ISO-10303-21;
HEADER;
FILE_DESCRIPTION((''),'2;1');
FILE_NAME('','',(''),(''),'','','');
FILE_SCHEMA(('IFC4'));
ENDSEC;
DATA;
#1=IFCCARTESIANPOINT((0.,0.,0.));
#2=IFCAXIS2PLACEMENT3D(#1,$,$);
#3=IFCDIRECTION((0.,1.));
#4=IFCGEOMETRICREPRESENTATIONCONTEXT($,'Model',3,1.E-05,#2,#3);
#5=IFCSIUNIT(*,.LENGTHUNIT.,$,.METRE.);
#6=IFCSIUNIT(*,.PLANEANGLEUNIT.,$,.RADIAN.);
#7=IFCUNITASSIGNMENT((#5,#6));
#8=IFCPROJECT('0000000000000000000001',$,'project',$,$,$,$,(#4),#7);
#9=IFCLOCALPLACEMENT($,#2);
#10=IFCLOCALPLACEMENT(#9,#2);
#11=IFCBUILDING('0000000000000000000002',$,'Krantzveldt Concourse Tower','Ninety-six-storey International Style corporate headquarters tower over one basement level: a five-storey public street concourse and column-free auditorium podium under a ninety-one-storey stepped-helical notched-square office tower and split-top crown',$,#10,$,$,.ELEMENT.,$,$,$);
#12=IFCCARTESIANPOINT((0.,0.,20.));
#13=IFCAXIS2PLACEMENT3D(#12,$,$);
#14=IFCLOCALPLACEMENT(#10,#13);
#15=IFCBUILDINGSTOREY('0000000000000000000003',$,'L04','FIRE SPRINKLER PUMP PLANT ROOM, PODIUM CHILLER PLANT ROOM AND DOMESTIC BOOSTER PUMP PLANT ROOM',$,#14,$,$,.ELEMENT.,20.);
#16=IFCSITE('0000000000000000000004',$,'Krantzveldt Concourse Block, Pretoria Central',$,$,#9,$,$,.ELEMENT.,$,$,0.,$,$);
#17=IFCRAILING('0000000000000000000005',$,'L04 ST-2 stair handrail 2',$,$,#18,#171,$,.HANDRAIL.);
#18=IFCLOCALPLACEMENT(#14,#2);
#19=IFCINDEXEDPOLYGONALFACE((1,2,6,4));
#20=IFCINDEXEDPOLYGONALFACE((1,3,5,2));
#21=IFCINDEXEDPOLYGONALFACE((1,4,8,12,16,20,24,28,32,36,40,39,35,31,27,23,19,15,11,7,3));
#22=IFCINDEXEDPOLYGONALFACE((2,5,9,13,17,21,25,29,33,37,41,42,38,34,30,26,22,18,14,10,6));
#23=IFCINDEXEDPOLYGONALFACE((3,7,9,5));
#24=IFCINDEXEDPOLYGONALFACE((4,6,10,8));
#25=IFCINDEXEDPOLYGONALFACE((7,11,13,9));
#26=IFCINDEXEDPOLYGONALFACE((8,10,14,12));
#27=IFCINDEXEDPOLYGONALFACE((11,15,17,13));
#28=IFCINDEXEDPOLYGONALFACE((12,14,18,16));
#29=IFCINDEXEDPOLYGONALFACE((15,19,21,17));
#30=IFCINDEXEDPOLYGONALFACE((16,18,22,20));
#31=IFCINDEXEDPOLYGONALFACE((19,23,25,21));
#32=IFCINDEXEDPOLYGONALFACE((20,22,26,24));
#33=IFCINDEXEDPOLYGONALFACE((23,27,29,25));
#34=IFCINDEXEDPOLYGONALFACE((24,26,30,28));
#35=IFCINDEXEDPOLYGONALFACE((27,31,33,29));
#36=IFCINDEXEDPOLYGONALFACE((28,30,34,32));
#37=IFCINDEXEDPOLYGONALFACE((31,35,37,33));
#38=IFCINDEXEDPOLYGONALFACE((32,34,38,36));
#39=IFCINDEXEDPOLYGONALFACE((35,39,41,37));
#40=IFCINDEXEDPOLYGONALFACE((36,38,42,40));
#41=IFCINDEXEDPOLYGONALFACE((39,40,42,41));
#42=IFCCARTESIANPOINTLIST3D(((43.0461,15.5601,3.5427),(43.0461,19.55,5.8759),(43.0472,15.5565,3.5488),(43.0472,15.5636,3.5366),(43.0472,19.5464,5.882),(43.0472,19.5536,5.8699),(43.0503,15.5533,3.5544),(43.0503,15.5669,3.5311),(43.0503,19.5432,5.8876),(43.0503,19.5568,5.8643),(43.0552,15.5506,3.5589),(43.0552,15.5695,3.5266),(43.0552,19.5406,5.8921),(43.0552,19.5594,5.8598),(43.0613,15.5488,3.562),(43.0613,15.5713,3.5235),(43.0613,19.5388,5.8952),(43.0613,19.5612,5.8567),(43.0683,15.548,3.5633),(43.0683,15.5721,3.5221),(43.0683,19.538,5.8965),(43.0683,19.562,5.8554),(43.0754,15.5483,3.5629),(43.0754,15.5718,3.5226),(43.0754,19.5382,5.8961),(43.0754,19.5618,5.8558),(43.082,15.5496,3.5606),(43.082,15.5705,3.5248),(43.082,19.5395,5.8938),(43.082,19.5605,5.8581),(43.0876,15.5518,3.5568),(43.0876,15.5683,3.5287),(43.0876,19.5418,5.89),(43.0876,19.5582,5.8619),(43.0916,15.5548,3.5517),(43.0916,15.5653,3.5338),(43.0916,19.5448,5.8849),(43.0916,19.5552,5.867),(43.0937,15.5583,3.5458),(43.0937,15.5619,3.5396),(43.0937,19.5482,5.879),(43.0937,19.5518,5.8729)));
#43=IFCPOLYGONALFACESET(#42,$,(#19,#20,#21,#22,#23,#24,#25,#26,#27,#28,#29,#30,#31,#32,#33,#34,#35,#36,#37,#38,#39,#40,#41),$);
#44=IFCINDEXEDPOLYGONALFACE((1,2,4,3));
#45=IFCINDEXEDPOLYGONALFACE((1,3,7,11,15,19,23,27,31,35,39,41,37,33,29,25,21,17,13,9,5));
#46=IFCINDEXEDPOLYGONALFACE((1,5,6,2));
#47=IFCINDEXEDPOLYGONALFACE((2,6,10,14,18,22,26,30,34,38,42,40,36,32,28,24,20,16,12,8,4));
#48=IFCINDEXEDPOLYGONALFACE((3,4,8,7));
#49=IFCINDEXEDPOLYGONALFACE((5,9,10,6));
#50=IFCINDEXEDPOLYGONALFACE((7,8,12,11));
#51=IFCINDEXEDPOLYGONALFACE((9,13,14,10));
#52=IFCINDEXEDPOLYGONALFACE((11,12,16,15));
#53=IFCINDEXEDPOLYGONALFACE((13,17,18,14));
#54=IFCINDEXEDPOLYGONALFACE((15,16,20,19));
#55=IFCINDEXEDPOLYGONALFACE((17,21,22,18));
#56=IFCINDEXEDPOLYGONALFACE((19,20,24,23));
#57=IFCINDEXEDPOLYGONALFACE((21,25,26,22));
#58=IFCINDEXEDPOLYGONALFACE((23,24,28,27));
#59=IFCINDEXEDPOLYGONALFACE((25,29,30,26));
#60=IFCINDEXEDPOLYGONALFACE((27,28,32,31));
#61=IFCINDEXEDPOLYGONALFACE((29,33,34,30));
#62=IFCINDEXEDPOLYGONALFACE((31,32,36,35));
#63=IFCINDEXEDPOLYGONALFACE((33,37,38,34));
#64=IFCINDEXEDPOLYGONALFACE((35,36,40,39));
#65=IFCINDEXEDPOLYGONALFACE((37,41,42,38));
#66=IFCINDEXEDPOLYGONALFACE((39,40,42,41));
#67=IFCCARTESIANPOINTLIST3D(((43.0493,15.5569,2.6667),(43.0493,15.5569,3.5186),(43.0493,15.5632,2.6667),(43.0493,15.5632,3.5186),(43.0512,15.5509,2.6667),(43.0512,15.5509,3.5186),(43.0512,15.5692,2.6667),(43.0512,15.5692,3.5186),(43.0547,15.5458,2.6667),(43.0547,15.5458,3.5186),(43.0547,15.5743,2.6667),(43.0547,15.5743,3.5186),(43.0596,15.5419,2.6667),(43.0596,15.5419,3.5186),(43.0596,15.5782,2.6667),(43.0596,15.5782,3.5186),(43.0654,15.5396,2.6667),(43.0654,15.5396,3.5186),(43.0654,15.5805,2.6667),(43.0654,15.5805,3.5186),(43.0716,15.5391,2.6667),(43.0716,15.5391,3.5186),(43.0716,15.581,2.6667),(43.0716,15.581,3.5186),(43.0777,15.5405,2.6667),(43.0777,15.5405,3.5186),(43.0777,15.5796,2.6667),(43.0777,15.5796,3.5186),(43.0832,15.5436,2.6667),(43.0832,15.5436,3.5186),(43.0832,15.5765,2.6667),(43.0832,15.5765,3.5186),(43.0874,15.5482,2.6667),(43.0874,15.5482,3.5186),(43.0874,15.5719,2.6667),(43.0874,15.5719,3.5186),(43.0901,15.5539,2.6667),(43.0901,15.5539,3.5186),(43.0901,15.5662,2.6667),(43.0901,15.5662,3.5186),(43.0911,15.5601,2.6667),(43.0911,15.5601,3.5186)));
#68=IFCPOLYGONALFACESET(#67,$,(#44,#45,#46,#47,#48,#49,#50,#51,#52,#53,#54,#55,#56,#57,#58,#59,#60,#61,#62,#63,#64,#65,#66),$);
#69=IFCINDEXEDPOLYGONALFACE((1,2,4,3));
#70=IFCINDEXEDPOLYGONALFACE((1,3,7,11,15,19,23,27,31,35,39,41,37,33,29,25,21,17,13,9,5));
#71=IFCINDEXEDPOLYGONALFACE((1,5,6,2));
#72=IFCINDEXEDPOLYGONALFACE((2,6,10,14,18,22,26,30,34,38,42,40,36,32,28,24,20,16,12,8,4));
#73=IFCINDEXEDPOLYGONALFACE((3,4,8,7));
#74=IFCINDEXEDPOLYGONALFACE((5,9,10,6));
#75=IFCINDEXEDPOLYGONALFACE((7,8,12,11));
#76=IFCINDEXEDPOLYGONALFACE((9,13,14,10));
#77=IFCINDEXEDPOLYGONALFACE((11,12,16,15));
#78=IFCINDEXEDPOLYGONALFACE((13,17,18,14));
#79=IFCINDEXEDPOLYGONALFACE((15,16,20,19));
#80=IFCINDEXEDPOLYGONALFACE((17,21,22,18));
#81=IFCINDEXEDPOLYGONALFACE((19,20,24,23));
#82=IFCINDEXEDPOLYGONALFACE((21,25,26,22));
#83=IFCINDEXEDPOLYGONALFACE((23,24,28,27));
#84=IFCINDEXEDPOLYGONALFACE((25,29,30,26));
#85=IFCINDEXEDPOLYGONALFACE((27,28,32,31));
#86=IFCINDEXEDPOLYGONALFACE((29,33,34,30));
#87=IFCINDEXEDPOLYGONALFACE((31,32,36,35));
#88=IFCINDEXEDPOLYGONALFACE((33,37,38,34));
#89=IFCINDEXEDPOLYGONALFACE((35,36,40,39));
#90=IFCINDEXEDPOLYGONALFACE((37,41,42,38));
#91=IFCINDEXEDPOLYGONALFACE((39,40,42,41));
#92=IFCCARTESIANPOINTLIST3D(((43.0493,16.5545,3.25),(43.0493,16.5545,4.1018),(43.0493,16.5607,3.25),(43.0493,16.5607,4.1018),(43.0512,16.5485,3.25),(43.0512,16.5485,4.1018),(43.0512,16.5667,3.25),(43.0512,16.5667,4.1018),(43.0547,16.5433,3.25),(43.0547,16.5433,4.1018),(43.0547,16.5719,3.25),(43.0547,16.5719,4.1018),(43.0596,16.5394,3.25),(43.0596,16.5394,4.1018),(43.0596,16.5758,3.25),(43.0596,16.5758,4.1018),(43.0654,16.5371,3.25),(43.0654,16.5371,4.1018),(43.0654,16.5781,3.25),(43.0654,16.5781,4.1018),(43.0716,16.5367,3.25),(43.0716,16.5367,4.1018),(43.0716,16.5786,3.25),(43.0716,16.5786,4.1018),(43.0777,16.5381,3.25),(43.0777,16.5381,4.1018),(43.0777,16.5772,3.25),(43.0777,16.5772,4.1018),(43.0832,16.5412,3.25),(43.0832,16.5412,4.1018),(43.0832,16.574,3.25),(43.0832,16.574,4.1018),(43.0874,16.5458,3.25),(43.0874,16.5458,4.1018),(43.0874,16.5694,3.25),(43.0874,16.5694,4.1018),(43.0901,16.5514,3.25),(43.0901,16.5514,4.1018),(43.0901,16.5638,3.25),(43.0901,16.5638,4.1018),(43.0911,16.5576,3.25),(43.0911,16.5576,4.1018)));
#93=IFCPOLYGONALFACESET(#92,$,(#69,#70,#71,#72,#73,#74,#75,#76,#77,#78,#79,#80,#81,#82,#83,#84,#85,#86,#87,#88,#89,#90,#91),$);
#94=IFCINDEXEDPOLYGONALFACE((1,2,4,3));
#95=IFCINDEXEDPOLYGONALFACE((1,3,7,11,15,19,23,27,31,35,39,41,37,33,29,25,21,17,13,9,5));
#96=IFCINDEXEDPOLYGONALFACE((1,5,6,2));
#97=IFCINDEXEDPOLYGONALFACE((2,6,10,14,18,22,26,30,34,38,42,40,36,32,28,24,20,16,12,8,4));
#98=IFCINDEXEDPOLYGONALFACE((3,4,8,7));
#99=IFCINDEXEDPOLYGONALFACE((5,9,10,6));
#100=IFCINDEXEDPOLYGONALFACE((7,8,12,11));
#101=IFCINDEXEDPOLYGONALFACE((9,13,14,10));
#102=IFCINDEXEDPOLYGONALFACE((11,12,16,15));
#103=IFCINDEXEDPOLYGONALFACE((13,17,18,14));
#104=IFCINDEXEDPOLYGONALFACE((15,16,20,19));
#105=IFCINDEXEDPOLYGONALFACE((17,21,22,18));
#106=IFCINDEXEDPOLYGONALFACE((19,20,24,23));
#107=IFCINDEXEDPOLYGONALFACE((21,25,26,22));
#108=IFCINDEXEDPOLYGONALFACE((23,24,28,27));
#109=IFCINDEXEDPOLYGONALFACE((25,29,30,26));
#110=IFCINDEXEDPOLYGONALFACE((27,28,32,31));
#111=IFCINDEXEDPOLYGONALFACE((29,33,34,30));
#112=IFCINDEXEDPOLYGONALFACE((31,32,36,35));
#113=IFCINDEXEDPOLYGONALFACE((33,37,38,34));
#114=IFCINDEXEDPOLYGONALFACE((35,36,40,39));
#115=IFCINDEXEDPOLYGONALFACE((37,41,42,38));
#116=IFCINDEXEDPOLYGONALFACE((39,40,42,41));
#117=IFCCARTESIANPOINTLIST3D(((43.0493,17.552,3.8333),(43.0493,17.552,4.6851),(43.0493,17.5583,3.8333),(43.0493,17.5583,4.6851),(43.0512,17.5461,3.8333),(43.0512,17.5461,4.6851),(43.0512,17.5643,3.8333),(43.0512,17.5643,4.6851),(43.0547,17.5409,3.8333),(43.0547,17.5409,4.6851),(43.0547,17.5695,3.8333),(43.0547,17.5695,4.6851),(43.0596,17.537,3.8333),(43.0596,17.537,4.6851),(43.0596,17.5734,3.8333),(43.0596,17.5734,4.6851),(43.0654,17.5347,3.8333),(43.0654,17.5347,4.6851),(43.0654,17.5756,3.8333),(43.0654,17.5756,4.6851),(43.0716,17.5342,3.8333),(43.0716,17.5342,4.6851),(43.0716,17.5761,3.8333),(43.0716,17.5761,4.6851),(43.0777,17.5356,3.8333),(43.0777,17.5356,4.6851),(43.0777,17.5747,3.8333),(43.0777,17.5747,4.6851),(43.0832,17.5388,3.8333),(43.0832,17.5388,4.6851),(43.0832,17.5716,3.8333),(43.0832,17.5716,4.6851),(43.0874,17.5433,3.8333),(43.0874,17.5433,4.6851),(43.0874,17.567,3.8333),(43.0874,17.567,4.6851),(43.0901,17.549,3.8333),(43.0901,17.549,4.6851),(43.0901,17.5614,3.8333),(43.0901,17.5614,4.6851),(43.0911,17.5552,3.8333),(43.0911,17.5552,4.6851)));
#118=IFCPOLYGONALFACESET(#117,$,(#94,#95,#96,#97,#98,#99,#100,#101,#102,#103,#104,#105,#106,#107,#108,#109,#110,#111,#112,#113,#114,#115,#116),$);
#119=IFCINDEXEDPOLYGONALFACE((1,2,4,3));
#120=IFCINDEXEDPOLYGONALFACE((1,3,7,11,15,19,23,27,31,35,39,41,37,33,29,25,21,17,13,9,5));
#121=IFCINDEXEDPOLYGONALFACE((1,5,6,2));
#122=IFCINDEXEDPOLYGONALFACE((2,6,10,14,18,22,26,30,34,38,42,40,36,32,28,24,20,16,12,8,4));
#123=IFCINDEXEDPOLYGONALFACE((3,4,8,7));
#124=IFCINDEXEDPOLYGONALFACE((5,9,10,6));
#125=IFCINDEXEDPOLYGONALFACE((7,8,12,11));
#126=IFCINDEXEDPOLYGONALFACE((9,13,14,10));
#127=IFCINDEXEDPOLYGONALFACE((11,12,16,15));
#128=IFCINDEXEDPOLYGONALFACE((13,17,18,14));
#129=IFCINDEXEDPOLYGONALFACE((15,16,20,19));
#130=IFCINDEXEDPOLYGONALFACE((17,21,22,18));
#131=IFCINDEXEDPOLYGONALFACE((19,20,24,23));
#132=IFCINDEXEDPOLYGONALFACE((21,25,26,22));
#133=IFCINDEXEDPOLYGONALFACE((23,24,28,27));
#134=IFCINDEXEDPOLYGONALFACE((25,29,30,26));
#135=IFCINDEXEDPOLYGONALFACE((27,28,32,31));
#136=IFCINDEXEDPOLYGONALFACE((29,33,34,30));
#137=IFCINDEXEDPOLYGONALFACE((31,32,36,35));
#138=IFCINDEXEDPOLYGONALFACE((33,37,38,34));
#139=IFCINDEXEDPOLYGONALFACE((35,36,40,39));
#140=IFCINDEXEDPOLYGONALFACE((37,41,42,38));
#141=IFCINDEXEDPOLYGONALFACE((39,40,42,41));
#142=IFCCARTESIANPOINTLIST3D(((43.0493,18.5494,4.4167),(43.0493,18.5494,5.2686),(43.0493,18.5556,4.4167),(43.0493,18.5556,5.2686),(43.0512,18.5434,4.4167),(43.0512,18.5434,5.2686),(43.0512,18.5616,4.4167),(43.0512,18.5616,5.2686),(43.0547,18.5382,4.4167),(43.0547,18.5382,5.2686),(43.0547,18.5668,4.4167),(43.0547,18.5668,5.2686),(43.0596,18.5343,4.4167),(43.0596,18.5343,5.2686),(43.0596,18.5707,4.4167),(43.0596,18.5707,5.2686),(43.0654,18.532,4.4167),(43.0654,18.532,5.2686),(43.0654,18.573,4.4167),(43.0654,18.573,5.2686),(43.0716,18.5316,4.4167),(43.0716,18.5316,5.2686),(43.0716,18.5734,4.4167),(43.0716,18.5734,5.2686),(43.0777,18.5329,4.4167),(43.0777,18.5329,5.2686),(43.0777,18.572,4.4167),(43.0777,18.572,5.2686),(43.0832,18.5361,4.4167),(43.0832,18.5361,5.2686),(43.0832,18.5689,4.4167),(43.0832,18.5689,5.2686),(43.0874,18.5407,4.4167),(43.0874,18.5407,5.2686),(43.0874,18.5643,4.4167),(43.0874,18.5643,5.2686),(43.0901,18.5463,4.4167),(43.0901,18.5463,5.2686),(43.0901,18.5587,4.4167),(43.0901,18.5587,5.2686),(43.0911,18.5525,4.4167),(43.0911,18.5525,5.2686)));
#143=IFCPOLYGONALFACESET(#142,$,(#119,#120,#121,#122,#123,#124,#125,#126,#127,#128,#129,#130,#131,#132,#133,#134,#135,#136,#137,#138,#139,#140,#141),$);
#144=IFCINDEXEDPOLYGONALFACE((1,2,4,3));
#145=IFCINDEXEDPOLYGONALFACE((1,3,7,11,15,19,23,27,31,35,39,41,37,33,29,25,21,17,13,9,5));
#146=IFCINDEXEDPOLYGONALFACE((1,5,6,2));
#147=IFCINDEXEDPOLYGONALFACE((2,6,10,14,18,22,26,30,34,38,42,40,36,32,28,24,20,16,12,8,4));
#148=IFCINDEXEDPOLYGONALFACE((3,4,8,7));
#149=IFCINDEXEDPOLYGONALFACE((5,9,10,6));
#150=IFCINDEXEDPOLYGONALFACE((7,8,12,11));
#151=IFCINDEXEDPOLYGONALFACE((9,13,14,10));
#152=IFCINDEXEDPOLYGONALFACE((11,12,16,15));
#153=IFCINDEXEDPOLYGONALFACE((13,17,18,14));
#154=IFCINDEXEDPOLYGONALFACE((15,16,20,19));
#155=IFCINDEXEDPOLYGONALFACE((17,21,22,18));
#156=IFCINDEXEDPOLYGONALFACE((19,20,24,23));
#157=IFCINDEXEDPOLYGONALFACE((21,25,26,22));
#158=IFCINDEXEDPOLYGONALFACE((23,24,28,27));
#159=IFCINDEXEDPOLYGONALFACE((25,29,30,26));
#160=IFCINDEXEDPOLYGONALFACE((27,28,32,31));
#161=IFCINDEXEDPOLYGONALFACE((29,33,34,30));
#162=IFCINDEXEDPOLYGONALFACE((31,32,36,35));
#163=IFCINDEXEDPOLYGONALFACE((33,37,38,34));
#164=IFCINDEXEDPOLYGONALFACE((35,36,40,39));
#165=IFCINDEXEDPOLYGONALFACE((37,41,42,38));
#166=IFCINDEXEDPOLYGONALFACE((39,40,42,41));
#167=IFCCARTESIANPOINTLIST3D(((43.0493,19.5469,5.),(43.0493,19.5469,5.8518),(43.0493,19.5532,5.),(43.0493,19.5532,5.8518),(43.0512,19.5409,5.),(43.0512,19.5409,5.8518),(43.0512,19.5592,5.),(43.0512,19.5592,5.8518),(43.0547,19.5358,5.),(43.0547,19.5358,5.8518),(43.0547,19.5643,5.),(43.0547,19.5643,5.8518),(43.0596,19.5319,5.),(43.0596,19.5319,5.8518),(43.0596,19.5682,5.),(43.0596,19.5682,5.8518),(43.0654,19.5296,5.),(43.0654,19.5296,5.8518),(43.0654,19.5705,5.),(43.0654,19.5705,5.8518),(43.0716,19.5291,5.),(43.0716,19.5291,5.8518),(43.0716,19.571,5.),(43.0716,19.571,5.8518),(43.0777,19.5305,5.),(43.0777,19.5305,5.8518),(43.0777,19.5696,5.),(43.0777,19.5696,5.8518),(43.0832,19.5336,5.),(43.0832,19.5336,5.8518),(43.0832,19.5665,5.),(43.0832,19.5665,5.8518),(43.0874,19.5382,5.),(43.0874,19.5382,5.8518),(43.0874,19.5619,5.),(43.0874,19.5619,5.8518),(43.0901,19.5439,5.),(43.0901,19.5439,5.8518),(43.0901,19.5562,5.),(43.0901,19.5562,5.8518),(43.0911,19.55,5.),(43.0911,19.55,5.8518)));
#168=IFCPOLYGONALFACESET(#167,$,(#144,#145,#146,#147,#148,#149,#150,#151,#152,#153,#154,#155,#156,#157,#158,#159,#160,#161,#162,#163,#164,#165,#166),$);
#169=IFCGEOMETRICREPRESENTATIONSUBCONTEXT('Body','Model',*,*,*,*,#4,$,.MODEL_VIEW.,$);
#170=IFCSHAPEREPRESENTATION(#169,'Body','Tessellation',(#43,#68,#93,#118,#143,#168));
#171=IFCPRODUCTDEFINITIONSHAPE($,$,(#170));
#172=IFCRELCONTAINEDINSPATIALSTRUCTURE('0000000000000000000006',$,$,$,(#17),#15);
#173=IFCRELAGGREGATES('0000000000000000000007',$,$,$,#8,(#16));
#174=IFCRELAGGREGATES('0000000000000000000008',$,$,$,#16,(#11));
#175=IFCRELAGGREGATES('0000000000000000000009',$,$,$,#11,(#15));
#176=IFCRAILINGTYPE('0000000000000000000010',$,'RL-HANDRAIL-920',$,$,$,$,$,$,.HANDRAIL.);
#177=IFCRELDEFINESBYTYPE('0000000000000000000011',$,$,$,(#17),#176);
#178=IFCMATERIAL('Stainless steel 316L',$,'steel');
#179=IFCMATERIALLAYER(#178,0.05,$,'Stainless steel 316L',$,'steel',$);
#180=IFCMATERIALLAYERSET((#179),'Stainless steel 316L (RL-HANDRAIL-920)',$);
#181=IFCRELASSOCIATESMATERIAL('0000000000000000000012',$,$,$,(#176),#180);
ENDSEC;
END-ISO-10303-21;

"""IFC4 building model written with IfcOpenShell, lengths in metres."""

from ifc_helpers import new_model, si_unit, direction, frame, origin, origin_2d, place, context, subcontext, project, spatial, circle, extrude, material, layer, layer_set, type_object, element, save


model = new_model("IFC4")

# Units and contexts
model_context = context("Model", 3, precision=1e-05, world=origin(), true_north=direction((0.0, 1.0)))
body_context = subcontext(model_context, "Body", "Model", "MODEL_VIEW")
ifc_project = project(units=[si_unit("LENGTHUNIT", "METRE"), si_unit("PLANEANGLEUNIT", "RADIAN")], contexts=[model_context])

# Site, building, storey
site_placement = place(None, origin())
site = spatial("IfcSite", under=ifc_project, at=site_placement, Name="Krantzveldt Concourse Block, Pretoria Central", CompositionType="ELEMENT", RefElevation=0.0)
building_placement = place(site_placement, origin())
building = spatial("IfcBuilding", under=site, at=building_placement, Name="Krantzveldt Concourse Tower", Description="Ninety-six-storey International Style corporate headquarters tower over one basement level: a five-storey public street concourse and column-free auditorium podium under a ninety-one-storey stepped-helical notched-square office tower and split-top crown", CompositionType="ELEMENT")
storey_placement = place(building_placement, frame((0.0, 0.0, 20.0)))
storey = spatial("IfcBuildingStorey", under=building, at=storey_placement, Name="L04", Description="FIRE SPRINKLER PUMP PLANT ROOM, PODIUM CHILLER PLANT ROOM AND DOMESTIC BOOSTER PUMP PLANT ROOM", CompositionType="ELEMENT", Elevation=20.0)

# Railing
ifc_material_1 = material(Name="Stainless steel 316L", Category="steel")
ifc_layer_1 = layer(ifc_material_1, 0.05, Name="Stainless steel 316L", Category="steel")
ifc_layer_set_1 = layer_set([ifc_layer_1], Name="Stainless steel 316L (RL-HANDRAIL-920)")
railing_type_1 = type_object("IfcRailingType", Name="RL-HANDRAIL-920", PredefinedType="HANDRAIL", material=ifc_layer_set_1)
railing_1_placement = place(storey_placement, frame((43.0701, 15.5601, 2.6667)))
element("IfcRailing", 1, at=railing_1_placement, inside=storey, type_object=railing_type_1, Name="L04 ST-2 stair handrail 2", PredefinedType="HANDRAIL", context=body_context, shape_type="SweptSolid", body=[
    extrude(circle(Radius=0.0239, at=origin_2d()), frame((0.0, 0.0, 0.876), z_axis=(0.0, 0.863236, 0.5048), x_axis=(-1.0, 0.0, 0.0)), (0.0, 0.0, 1.0), 4.6221),
    extrude(circle(Radius=0.021, at=origin_2d()), origin(), (0.0, 0.0, 1.0), 0.8518),
    extrude(circle(Radius=0.021, at=origin_2d()), frame((0.0, 0.9976, 0.5833)), (0.0, 0.0, 1.0), 0.8518),
    extrude(circle(Radius=0.021, at=origin_2d()), frame((0.0, 1.9951, 1.1665)), (0.0, 0.0, 1.0), 0.8518),
    extrude(circle(Radius=0.021, at=origin_2d()), frame((0.0, 2.9924, 1.75)), (0.0, 0.0, 1.0), 0.8518),
    extrude(circle(Radius=0.021, at=origin_2d()), frame((0.0, 3.99, 2.3333)), (0.0, 0.0, 1.0), 0.8518),
])

save(model, "model.ifc")
